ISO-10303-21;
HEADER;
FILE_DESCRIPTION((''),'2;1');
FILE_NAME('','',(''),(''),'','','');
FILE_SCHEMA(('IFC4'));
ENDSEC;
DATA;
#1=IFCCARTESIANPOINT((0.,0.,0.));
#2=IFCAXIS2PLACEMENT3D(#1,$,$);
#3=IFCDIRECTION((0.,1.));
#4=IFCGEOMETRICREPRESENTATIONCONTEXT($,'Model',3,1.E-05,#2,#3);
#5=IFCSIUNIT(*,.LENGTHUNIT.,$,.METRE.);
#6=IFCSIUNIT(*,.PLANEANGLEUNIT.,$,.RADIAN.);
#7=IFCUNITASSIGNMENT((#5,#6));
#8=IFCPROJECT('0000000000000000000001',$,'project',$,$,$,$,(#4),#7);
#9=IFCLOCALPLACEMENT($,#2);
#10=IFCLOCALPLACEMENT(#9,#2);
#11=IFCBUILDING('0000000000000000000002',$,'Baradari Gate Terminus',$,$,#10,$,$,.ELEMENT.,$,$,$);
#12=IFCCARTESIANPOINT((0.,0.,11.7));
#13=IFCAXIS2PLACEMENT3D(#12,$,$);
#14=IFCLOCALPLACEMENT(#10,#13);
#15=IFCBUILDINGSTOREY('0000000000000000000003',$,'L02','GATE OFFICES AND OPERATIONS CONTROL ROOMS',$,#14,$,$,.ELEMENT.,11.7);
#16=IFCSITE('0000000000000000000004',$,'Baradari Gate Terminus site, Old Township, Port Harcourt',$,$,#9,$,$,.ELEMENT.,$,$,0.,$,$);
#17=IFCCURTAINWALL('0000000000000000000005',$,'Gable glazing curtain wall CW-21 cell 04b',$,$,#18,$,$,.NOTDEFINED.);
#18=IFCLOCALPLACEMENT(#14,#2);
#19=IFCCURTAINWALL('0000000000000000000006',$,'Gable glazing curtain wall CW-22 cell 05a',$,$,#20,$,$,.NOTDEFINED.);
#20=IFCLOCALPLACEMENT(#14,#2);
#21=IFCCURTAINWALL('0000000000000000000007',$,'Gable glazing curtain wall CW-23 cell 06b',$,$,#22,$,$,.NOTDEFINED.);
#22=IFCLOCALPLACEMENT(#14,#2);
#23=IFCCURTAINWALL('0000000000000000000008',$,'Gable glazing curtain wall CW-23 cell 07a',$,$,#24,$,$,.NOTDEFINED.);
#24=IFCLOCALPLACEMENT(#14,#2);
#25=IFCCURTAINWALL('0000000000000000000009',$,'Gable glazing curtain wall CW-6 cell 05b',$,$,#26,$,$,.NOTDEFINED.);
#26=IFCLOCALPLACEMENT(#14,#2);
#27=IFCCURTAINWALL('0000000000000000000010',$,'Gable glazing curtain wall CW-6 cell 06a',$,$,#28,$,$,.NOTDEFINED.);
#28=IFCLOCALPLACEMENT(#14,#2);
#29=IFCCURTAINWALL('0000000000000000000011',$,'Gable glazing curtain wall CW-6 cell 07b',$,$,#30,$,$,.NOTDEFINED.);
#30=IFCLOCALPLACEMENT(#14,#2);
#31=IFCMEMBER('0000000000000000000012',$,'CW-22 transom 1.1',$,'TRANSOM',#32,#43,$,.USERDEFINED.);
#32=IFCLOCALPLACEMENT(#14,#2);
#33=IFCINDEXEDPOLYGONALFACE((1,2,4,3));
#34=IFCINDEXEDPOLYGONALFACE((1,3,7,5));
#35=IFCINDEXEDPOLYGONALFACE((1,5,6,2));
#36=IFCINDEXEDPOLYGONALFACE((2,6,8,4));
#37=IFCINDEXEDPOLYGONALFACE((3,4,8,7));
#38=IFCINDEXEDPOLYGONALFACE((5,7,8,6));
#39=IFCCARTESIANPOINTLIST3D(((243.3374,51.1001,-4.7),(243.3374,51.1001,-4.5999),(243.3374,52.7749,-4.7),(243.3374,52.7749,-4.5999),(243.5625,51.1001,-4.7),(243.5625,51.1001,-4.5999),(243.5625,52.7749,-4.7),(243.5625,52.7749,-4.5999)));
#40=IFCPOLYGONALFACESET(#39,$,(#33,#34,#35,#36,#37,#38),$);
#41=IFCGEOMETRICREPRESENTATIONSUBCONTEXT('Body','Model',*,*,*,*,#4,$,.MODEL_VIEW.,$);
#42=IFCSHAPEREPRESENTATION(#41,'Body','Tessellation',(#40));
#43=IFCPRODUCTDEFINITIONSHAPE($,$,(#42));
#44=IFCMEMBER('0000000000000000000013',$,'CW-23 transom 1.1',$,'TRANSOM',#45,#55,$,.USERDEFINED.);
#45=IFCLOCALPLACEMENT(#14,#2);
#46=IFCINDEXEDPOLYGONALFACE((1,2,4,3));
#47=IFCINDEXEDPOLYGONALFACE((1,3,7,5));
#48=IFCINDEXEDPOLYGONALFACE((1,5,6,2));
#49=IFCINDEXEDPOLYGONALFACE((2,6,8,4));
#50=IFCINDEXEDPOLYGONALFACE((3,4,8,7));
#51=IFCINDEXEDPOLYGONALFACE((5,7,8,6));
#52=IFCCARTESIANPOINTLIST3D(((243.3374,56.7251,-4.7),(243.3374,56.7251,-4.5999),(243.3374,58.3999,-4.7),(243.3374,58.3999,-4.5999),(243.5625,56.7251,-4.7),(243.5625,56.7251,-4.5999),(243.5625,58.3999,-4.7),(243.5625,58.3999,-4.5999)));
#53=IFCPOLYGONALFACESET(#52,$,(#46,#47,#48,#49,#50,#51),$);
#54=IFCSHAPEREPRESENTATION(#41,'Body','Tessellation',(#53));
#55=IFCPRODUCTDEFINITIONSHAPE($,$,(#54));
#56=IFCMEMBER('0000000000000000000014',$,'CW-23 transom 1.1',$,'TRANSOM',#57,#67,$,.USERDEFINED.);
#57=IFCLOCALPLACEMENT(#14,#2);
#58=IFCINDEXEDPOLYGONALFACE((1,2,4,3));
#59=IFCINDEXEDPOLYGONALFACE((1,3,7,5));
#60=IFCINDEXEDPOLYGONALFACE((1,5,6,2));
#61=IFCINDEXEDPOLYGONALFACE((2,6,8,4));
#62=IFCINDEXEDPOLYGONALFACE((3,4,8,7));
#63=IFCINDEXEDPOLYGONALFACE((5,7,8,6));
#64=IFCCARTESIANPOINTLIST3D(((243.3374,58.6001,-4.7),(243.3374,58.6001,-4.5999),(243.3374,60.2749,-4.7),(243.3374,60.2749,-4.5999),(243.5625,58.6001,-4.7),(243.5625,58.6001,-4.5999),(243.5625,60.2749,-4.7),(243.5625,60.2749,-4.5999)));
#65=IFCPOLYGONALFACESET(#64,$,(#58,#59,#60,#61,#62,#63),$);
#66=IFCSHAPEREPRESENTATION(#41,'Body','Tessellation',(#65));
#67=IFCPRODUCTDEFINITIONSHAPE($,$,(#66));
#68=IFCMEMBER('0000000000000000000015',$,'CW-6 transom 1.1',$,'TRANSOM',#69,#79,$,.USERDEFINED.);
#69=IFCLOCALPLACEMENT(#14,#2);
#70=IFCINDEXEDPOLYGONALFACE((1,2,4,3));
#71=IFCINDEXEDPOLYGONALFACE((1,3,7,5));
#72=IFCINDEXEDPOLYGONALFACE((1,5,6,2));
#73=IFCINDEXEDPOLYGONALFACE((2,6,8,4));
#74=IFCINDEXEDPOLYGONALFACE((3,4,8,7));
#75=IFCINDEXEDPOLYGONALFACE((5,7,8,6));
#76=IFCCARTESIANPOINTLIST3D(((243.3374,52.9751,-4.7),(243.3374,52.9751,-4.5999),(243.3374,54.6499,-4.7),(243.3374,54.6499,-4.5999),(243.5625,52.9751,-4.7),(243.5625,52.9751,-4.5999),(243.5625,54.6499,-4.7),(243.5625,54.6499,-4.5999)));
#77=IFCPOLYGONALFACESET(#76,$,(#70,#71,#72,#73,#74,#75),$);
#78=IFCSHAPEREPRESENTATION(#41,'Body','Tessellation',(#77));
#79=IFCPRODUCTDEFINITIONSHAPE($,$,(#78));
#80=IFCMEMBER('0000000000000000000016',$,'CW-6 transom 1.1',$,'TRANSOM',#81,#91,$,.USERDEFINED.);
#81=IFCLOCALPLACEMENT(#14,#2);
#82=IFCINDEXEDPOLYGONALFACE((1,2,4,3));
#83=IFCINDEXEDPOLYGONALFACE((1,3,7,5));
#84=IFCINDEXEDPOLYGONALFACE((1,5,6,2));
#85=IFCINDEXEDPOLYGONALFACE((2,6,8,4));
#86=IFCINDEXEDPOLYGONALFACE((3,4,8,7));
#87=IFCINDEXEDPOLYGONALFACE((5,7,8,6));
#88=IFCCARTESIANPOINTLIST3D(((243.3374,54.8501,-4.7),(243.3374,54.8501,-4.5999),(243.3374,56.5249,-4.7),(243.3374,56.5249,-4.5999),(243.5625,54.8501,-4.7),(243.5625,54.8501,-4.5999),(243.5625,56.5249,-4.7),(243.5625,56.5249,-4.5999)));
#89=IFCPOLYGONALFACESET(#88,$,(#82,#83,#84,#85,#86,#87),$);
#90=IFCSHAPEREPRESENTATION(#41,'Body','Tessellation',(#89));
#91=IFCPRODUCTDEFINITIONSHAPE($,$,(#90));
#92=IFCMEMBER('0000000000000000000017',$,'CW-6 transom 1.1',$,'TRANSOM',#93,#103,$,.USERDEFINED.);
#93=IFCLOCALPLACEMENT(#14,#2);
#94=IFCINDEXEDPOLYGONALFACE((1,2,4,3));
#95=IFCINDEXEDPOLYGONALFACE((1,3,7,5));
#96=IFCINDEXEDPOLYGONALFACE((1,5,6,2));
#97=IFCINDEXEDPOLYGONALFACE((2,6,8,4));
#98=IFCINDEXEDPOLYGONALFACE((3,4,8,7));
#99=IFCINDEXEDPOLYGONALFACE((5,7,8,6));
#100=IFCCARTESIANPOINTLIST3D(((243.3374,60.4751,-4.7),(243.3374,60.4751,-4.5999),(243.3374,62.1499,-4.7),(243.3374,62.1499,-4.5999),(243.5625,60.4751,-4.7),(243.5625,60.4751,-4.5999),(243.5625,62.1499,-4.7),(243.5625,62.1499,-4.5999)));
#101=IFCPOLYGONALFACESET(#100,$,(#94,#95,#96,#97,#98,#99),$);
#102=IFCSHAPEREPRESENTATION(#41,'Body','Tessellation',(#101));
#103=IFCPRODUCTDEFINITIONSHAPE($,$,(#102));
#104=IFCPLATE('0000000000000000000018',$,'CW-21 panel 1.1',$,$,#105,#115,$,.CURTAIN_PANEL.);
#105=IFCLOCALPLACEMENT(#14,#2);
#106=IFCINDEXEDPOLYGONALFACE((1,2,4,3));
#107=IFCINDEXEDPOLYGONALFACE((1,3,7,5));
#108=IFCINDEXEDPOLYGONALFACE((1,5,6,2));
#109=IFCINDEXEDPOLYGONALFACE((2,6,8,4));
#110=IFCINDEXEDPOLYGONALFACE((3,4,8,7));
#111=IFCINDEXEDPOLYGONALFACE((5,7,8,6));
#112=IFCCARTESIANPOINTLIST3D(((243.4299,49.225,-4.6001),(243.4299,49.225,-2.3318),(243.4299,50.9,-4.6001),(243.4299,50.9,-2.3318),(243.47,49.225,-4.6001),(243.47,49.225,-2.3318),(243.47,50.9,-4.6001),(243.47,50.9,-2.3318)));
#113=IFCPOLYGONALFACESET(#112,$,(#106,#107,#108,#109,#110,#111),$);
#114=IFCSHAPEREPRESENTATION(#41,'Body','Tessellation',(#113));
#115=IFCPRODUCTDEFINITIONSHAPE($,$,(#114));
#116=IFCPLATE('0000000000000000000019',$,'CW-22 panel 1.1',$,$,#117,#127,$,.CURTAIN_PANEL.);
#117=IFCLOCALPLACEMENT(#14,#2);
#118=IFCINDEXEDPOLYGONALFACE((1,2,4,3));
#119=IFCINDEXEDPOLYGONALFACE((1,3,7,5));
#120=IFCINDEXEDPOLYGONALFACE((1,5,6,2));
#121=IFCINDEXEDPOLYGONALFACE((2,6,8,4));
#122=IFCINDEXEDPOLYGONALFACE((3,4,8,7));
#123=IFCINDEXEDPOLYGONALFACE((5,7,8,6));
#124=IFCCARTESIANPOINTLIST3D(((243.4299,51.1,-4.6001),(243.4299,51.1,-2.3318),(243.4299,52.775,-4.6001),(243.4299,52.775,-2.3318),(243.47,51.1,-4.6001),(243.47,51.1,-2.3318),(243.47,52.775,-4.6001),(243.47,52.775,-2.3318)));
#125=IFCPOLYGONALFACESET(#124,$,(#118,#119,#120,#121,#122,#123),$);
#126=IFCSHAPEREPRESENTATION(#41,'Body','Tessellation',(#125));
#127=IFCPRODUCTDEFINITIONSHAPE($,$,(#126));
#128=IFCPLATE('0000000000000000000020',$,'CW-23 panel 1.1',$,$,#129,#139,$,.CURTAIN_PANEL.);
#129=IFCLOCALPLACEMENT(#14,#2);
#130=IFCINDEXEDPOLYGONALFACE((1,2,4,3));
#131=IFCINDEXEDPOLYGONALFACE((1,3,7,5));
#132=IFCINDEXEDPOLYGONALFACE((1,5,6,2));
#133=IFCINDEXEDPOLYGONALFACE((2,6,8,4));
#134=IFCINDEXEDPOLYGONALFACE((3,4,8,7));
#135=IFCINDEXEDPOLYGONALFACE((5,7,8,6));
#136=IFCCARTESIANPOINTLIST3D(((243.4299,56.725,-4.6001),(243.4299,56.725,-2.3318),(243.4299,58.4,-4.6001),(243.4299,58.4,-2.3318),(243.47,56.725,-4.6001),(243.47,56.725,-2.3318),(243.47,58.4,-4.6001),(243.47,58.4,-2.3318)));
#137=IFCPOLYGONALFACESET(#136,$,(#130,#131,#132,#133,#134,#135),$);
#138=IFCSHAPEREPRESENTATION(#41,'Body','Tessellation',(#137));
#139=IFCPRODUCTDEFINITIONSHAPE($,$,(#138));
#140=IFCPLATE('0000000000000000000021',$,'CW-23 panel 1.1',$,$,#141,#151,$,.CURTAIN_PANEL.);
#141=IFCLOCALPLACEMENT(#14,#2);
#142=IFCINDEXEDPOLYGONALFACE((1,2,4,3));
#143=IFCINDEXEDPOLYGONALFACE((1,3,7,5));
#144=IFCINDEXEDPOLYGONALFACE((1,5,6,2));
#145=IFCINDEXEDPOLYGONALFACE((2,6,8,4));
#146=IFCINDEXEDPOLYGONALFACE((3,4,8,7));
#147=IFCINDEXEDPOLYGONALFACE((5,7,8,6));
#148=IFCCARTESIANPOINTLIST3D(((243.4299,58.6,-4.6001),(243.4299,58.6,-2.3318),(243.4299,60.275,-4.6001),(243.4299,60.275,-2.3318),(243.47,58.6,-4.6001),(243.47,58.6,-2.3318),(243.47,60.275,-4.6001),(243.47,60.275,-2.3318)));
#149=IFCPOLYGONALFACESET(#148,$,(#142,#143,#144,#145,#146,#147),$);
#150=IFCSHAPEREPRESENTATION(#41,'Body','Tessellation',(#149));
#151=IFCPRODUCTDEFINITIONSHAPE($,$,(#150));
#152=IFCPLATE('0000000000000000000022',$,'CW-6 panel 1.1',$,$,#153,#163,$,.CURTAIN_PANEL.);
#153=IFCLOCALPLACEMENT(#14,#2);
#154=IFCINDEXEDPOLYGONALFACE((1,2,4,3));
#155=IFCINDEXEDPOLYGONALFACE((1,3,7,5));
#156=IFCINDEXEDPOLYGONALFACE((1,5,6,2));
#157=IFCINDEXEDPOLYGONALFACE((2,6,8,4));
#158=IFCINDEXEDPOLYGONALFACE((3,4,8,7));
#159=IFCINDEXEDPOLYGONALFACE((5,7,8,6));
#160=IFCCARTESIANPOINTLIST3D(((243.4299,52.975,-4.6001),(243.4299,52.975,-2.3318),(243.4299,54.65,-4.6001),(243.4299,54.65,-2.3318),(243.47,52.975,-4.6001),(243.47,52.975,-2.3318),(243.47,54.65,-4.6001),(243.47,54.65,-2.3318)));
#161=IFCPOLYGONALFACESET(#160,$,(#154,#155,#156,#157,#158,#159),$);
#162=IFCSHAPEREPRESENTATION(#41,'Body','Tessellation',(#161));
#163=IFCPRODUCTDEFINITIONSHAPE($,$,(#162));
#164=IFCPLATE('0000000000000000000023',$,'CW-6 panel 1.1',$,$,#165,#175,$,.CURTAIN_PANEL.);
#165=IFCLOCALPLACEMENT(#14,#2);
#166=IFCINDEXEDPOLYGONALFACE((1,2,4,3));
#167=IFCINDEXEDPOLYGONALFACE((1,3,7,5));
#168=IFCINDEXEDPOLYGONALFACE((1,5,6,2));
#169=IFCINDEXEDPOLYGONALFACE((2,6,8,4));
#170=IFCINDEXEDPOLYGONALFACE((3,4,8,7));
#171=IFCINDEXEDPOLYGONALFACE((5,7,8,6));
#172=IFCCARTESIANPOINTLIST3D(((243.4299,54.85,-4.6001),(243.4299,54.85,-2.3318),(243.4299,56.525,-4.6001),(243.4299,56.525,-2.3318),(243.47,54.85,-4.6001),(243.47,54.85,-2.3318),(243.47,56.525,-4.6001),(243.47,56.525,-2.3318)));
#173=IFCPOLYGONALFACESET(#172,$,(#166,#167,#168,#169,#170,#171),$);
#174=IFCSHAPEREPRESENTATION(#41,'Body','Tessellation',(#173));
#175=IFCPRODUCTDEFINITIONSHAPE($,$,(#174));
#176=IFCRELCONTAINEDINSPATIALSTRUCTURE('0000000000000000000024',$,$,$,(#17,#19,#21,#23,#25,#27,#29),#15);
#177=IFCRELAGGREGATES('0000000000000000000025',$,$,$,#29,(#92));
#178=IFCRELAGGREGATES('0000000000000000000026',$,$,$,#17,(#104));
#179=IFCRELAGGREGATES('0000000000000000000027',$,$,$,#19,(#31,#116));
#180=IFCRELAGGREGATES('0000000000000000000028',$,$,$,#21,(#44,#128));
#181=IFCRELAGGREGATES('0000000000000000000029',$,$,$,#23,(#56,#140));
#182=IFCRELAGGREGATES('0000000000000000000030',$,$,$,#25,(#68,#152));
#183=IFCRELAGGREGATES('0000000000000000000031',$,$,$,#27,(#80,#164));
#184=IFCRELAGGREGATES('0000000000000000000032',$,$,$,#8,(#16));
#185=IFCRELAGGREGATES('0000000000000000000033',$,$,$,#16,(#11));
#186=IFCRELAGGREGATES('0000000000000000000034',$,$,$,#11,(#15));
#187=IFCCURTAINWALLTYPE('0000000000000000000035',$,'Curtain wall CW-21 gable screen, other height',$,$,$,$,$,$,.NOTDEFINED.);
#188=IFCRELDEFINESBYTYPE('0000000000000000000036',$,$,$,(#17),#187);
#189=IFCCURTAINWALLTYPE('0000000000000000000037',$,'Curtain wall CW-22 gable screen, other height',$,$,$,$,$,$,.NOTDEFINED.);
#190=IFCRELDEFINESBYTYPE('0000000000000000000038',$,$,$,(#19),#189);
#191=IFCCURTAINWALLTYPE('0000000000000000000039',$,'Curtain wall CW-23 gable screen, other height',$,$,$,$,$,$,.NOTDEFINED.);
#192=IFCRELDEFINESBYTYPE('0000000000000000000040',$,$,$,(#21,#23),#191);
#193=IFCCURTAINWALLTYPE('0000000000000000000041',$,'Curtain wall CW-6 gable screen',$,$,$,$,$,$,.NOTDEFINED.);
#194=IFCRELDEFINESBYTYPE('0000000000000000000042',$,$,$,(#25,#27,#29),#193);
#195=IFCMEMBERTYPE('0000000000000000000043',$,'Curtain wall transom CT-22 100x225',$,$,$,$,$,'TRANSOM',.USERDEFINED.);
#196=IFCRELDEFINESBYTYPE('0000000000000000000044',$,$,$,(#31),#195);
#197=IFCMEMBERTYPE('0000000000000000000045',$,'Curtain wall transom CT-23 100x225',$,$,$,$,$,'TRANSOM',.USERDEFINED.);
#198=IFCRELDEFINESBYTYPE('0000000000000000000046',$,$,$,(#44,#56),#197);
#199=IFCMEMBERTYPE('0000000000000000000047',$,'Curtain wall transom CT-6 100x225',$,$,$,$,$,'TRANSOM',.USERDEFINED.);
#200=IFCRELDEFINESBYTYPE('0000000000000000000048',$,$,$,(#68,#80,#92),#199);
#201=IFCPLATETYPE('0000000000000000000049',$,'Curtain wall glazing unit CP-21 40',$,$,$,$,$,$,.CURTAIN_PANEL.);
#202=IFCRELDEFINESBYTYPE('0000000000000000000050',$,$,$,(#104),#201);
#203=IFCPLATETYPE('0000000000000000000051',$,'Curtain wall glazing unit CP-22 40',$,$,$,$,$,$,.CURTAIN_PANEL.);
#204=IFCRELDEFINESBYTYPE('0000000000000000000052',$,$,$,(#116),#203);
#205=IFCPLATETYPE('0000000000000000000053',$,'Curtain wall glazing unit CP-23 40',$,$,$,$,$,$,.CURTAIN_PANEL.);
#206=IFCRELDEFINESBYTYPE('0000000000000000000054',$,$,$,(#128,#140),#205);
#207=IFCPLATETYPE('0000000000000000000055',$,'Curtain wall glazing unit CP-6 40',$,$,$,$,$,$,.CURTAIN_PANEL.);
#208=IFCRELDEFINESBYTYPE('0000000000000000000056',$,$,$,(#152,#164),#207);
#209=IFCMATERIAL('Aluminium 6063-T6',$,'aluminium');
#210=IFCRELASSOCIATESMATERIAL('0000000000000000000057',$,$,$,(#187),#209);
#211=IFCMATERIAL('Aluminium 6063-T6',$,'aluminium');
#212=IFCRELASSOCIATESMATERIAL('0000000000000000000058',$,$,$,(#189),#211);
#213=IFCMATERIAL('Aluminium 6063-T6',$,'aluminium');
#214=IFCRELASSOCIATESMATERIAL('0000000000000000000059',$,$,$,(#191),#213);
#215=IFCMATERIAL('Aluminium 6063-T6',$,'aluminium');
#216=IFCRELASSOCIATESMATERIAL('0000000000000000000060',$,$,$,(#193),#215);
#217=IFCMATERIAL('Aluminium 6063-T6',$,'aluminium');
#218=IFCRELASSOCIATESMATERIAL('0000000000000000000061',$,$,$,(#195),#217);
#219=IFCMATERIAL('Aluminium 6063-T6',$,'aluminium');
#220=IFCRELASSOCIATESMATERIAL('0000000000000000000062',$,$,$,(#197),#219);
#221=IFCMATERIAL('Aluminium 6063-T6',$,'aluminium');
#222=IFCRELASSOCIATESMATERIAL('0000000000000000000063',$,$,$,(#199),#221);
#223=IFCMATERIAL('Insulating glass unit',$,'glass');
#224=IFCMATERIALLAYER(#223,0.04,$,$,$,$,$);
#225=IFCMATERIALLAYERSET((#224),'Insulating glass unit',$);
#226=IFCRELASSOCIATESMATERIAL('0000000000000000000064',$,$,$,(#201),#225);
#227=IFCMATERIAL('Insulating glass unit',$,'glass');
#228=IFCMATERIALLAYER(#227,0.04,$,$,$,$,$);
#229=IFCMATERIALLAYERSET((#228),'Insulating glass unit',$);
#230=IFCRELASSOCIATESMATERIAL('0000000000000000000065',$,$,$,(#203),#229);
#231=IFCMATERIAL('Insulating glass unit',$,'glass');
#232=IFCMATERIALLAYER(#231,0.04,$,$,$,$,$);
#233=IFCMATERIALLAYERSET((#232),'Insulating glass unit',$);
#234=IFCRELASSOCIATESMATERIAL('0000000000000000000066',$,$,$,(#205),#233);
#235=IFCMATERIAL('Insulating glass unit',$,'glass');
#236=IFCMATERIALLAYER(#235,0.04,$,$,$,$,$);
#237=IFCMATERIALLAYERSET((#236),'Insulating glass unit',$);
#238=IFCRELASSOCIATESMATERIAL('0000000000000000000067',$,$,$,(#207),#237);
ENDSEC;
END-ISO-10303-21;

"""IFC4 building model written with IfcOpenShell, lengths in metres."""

from ifc_helpers import new_model, si_unit, direction, frame, origin, origin_2d, place, context, subcontext, project, spatial, rectangle, extrude, material, layer, layer_set, material_profile, profile_set, type_object, element, aggregate, save


model = new_model("IFC4")

# Units and contexts
model_context = context("Model", 3, precision=1e-05, world=origin(), true_north=direction((0.0, 1.0)))
body_context = subcontext(model_context, "Body", "Model", "MODEL_VIEW")
ifc_project = project(units=[si_unit("LENGTHUNIT", "METRE"), si_unit("PLANEANGLEUNIT", "RADIAN")], contexts=[model_context])

# Site, building, storey
site_placement = place(None, origin())
site = spatial("IfcSite", under=ifc_project, at=site_placement, Name="Baradari Gate Terminus site, Old Township, Port Harcourt", CompositionType="ELEMENT", RefElevation=0.0)
building_placement = place(site_placement, origin())
building = spatial("IfcBuilding", under=site, at=building_placement, Name="Baradari Gate Terminus", CompositionType="ELEMENT")
storey_placement = place(building_placement, frame((0.0, 0.0, 11.7)))
storey = spatial("IfcBuildingStorey", under=building, at=storey_placement, Name="L02", Description="GATE OFFICES AND OPERATIONS CONTROL ROOMS", CompositionType="ELEMENT", Elevation=11.7)

# Curtain walls
ifc_material_1 = material(Name="Aluminium 6063-T6", Category="aluminium")
curtain_wall_type_1 = type_object("IfcCurtainWallType", Name="Curtain wall CW-21 gable screen, other height", PredefinedType="NOTDEFINED", material=ifc_material_1)
curtain_wall_1_placement = place(storey_placement, origin())
curtain_wall_1 = element("IfcCurtainWall", 1, at=curtain_wall_1_placement, inside=storey, type_object=curtain_wall_type_1, Name="Gable glazing curtain wall CW-21 cell 04b", PredefinedType="NOTDEFINED")
ifc_material_2 = material(Name="Aluminium 6063-T6", Category="aluminium")
curtain_wall_type_2 = type_object("IfcCurtainWallType", Name="Curtain wall CW-22 gable screen, other height", PredefinedType="NOTDEFINED", material=ifc_material_2)
curtain_wall_2_placement = place(storey_placement, origin())
curtain_wall_2 = element("IfcCurtainWall", 2, at=curtain_wall_2_placement, inside=storey, type_object=curtain_wall_type_2, Name="Gable glazing curtain wall CW-22 cell 05a", PredefinedType="NOTDEFINED")
ifc_material_3 = material(Name="Aluminium 6063-T6", Category="aluminium")
curtain_wall_type_3 = type_object("IfcCurtainWallType", Name="Curtain wall CW-23 gable screen, other height", PredefinedType="NOTDEFINED", material=ifc_material_3)
curtain_wall_3_placement = place(storey_placement, origin())
curtain_wall_3 = element("IfcCurtainWall", 3, at=curtain_wall_3_placement, inside=storey, type_object=curtain_wall_type_3, Name="Gable glazing curtain wall CW-23 cell 06b", PredefinedType="NOTDEFINED")
curtain_wall_4_placement = place(storey_placement, origin())
curtain_wall_4 = element("IfcCurtainWall", 4, at=curtain_wall_4_placement, inside=storey, type_object=curtain_wall_type_3, Name="Gable glazing curtain wall CW-23 cell 07a", PredefinedType="NOTDEFINED")
ifc_material_4 = material(Name="Aluminium 6063-T6", Category="aluminium")
curtain_wall_type_4 = type_object("IfcCurtainWallType", Name="Curtain wall CW-6 gable screen", PredefinedType="NOTDEFINED", material=ifc_material_4)
curtain_wall_5_placement = place(storey_placement, origin())
curtain_wall_5 = element("IfcCurtainWall", 5, at=curtain_wall_5_placement, inside=storey, type_object=curtain_wall_type_4, Name="Gable glazing curtain wall CW-6 cell 05b", PredefinedType="NOTDEFINED")
curtain_wall_6_placement = place(storey_placement, origin())
curtain_wall_6 = element("IfcCurtainWall", 6, at=curtain_wall_6_placement, inside=storey, type_object=curtain_wall_type_4, Name="Gable glazing curtain wall CW-6 cell 06a", PredefinedType="NOTDEFINED")

# Curtain wall
curtain_wall_7_placement = place(storey_placement, origin())
curtain_wall_7 = element("IfcCurtainWall", 7, at=curtain_wall_7_placement, inside=storey, type_object=curtain_wall_type_4, Name="Gable glazing curtain wall CW-6 cell 07b", PredefinedType="NOTDEFINED")

# Members
ifc_material_5 = material(Name="Aluminium 6063-T6", Category="aluminium")
ifc_material_profile_1 = material_profile(ifc_material_5, rectangle(XDim=0.2251, YDim=0.1001, at=origin_2d()), Name="CT-22 100X225")
ifc_profile_set_1 = profile_set([ifc_material_profile_1], Name="Aluminium 6063-T6")
member_type_1 = type_object("IfcMemberType", Name="Curtain wall transom CT-22 100x225", ElementType="TRANSOM", PredefinedType="USERDEFINED", material=ifc_profile_set_1)
member_1_placement = place(storey_placement, frame((243.45, 51.1001, -4.6499), z_axis=(0.0, 1.0, 0.0), x_axis=(-1.0, 0.0, 0.0)))
member_1 = element("IfcMember", 8, at=member_1_placement, type_object=member_type_1, Name="CW-22 transom 1.1", ObjectType="TRANSOM", PredefinedType="USERDEFINED", context=body_context, shape_type="SweptSolid", body=[
    extrude(rectangle(XDim=0.2251, YDim=0.1001, at=origin_2d()), origin(), (0.0, 0.0, 1.0), 1.6748),
])
ifc_material_6 = material(Name="Aluminium 6063-T6", Category="aluminium")
ifc_material_profile_2 = material_profile(ifc_material_6, rectangle(XDim=0.2251, YDim=0.1001, at=origin_2d()), Name="CT-23 100X225")
ifc_profile_set_2 = profile_set([ifc_material_profile_2], Name="Aluminium 6063-T6")
member_type_2 = type_object("IfcMemberType", Name="Curtain wall transom CT-23 100x225", ElementType="TRANSOM", PredefinedType="USERDEFINED", material=ifc_profile_set_2)
member_2_placement = place(storey_placement, frame((243.45, 56.7251, -4.6499), z_axis=(0.0, 1.0, 0.0), x_axis=(-1.0, 0.0, 0.0)))
member_2 = element("IfcMember", 9, at=member_2_placement, type_object=member_type_2, Name="CW-23 transom 1.1", ObjectType="TRANSOM", PredefinedType="USERDEFINED", context=body_context, shape_type="SweptSolid", body=[
    extrude(rectangle(XDim=0.2251, YDim=0.1001, at=origin_2d()), origin(), (0.0, 0.0, 1.0), 1.6748),
])
member_3_placement = place(storey_placement, frame((243.45, 58.6001, -4.6499), z_axis=(0.0, 1.0, 0.0), x_axis=(-1.0, 0.0, 0.0)))
member_3 = element("IfcMember", 10, at=member_3_placement, type_object=member_type_2, Name="CW-23 transom 1.1", ObjectType="TRANSOM", PredefinedType="USERDEFINED", context=body_context, shape_type="SweptSolid", body=[
    extrude(rectangle(XDim=0.2251, YDim=0.1001, at=origin_2d()), origin(), (0.0, 0.0, 1.0), 1.6748),
])
ifc_material_7 = material(Name="Aluminium 6063-T6", Category="aluminium")
ifc_material_profile_3 = material_profile(ifc_material_7, rectangle(XDim=0.2251, YDim=0.1001, at=origin_2d()), Name="CT-6 100X225")
ifc_profile_set_3 = profile_set([ifc_material_profile_3], Name="Aluminium 6063-T6")
member_type_3 = type_object("IfcMemberType", Name="Curtain wall transom CT-6 100x225", ElementType="TRANSOM", PredefinedType="USERDEFINED", material=ifc_profile_set_3)
member_4_placement = place(storey_placement, frame((243.45, 52.9751, -4.6499), z_axis=(0.0, 1.0, 0.0), x_axis=(-1.0, 0.0, 0.0)))
member_4 = element("IfcMember", 11, at=member_4_placement, type_object=member_type_3, Name="CW-6 transom 1.1", ObjectType="TRANSOM", PredefinedType="USERDEFINED", context=body_context, shape_type="SweptSolid", body=[
    extrude(rectangle(XDim=0.2251, YDim=0.1001, at=origin_2d()), origin(), (0.0, 0.0, 1.0), 1.6748),
])
member_5_placement = place(storey_placement, frame((243.45, 54.8501, -4.6499), z_axis=(0.0, 1.0, 0.0), x_axis=(-1.0, 0.0, 0.0)))
member_5 = element("IfcMember", 12, at=member_5_placement, type_object=member_type_3, Name="CW-6 transom 1.1", ObjectType="TRANSOM", PredefinedType="USERDEFINED", context=body_context, shape_type="SweptSolid", body=[
    extrude(rectangle(XDim=0.2251, YDim=0.1001, at=origin_2d()), origin(), (0.0, 0.0, 1.0), 1.6748),
])
member_6_placement = place(storey_placement, frame((243.45, 60.4751, -4.6499), z_axis=(0.0, 1.0, 0.0), x_axis=(-1.0, 0.0, 0.0)))
member_6 = element("IfcMember", 13, at=member_6_placement, type_object=member_type_3, Name="CW-6 transom 1.1", ObjectType="TRANSOM", PredefinedType="USERDEFINED", context=body_context, shape_type="SweptSolid", body=[
    extrude(rectangle(XDim=0.2251, YDim=0.1001, at=origin_2d()), origin(), (0.0, 0.0, 1.0), 1.6748),
])
aggregate(curtain_wall_7, [member_6])

# Plates
ifc_material_8 = material(Name="Insulating glass unit", Category="glass")
ifc_layer_1 = layer(ifc_material_8, 0.04)
ifc_layer_set_1 = layer_set([ifc_layer_1], Name="Insulating glass unit")
plate_type_1 = type_object("IfcPlateType", Name="Curtain wall glazing unit CP-21 40", PredefinedType="CURTAIN_PANEL", material=ifc_layer_set_1)
plate_1_placement = place(storey_placement, frame((243.45, 50.0625, -4.6001), z_axis=(0.0, 0.0, 1.0), x_axis=(0.0, 1.0, 0.0)))
plate_1 = element("IfcPlate", 14, at=plate_1_placement, type_object=plate_type_1, Name="CW-21 panel 1.1", PredefinedType="CURTAIN_PANEL", context=body_context, shape_type="SweptSolid", body=[
    extrude(rectangle(XDim=1.675, YDim=0.04, at=origin_2d()), origin(), (0.0, 0.0, 1.0), 2.2683),
])
aggregate(curtain_wall_1, [plate_1])
ifc_material_9 = material(Name="Insulating glass unit", Category="glass")
ifc_layer_2 = layer(ifc_material_9, 0.04)
ifc_layer_set_2 = layer_set([ifc_layer_2], Name="Insulating glass unit")
plate_type_2 = type_object("IfcPlateType", Name="Curtain wall glazing unit CP-22 40", PredefinedType="CURTAIN_PANEL", material=ifc_layer_set_2)
plate_2_placement = place(storey_placement, frame((243.45, 51.9375, -4.6001), z_axis=(0.0, 0.0, 1.0), x_axis=(0.0, 1.0, 0.0)))
plate_2 = element("IfcPlate", 15, at=plate_2_placement, type_object=plate_type_2, Name="CW-22 panel 1.1", PredefinedType="CURTAIN_PANEL", context=body_context, shape_type="SweptSolid", body=[
    extrude(rectangle(XDim=1.675, YDim=0.04, at=origin_2d()), origin(), (0.0, 0.0, 1.0), 2.2683),
])
aggregate(curtain_wall_2, [member_1, plate_2])
ifc_material_10 = material(Name="Insulating glass unit", Category="glass")
ifc_layer_3 = layer(ifc_material_10, 0.04)
ifc_layer_set_3 = layer_set([ifc_layer_3], Name="Insulating glass unit")
plate_type_3 = type_object("IfcPlateType", Name="Curtain wall glazing unit CP-23 40", PredefinedType="CURTAIN_PANEL", material=ifc_layer_set_3)
plate_3_placement = place(storey_placement, frame((243.45, 57.5625, -4.6001), z_axis=(0.0, 0.0, 1.0), x_axis=(0.0, 1.0, 0.0)))
plate_3 = element("IfcPlate", 16, at=plate_3_placement, type_object=plate_type_3, Name="CW-23 panel 1.1", PredefinedType="CURTAIN_PANEL", context=body_context, shape_type="SweptSolid", body=[
    extrude(rectangle(XDim=1.675, YDim=0.04, at=origin_2d()), origin(), (0.0, 0.0, 1.0), 2.2683),
])
aggregate(curtain_wall_3, [member_2, plate_3])
plate_4_placement = place(storey_placement, frame((243.45, 59.4375, -4.6001), z_axis=(0.0, 0.0, 1.0), x_axis=(0.0, 1.0, 0.0)))
plate_4 = element("IfcPlate", 17, at=plate_4_placement, type_object=plate_type_3, Name="CW-23 panel 1.1", PredefinedType="CURTAIN_PANEL", context=body_context, shape_type="SweptSolid", body=[
    extrude(rectangle(XDim=1.675, YDim=0.04, at=origin_2d()), origin(), (0.0, 0.0, 1.0), 2.2683),
])
aggregate(curtain_wall_4, [member_3, plate_4])
ifc_material_11 = material(Name="Insulating glass unit", Category="glass")
ifc_layer_4 = layer(ifc_material_11, 0.04)
ifc_layer_set_4 = layer_set([ifc_layer_4], Name="Insulating glass unit")
plate_type_4 = type_object("IfcPlateType", Name="Curtain wall glazing unit CP-6 40", PredefinedType="CURTAIN_PANEL", material=ifc_layer_set_4)
plate_5_placement = place(storey_placement, frame((243.45, 53.8125, -4.6001), z_axis=(0.0, 0.0, 1.0), x_axis=(0.0, 1.0, 0.0)))
plate_5 = element("IfcPlate", 18, at=plate_5_placement, type_object=plate_type_4, Name="CW-6 panel 1.1", PredefinedType="CURTAIN_PANEL", context=body_context, shape_type="SweptSolid", body=[
    extrude(rectangle(XDim=1.675, YDim=0.04, at=origin_2d()), origin(), (0.0, 0.0, 1.0), 2.2683),
])
aggregate(curtain_wall_5, [member_4, plate_5])
plate_6_placement = place(storey_placement, frame((243.45, 55.6875, -4.6001), z_axis=(0.0, 0.0, 1.0), x_axis=(0.0, 1.0, 0.0)))
plate_6 = element("IfcPlate", 19, at=plate_6_placement, type_object=plate_type_4, Name="CW-6 panel 1.1", PredefinedType="CURTAIN_PANEL", context=body_context, shape_type="SweptSolid", body=[
    extrude(rectangle(XDim=1.675, YDim=0.04, at=origin_2d()), origin(), (0.0, 0.0, 1.0), 2.2683),
])
aggregate(curtain_wall_6, [member_5, plate_6])

save(model, "model.ifc")
